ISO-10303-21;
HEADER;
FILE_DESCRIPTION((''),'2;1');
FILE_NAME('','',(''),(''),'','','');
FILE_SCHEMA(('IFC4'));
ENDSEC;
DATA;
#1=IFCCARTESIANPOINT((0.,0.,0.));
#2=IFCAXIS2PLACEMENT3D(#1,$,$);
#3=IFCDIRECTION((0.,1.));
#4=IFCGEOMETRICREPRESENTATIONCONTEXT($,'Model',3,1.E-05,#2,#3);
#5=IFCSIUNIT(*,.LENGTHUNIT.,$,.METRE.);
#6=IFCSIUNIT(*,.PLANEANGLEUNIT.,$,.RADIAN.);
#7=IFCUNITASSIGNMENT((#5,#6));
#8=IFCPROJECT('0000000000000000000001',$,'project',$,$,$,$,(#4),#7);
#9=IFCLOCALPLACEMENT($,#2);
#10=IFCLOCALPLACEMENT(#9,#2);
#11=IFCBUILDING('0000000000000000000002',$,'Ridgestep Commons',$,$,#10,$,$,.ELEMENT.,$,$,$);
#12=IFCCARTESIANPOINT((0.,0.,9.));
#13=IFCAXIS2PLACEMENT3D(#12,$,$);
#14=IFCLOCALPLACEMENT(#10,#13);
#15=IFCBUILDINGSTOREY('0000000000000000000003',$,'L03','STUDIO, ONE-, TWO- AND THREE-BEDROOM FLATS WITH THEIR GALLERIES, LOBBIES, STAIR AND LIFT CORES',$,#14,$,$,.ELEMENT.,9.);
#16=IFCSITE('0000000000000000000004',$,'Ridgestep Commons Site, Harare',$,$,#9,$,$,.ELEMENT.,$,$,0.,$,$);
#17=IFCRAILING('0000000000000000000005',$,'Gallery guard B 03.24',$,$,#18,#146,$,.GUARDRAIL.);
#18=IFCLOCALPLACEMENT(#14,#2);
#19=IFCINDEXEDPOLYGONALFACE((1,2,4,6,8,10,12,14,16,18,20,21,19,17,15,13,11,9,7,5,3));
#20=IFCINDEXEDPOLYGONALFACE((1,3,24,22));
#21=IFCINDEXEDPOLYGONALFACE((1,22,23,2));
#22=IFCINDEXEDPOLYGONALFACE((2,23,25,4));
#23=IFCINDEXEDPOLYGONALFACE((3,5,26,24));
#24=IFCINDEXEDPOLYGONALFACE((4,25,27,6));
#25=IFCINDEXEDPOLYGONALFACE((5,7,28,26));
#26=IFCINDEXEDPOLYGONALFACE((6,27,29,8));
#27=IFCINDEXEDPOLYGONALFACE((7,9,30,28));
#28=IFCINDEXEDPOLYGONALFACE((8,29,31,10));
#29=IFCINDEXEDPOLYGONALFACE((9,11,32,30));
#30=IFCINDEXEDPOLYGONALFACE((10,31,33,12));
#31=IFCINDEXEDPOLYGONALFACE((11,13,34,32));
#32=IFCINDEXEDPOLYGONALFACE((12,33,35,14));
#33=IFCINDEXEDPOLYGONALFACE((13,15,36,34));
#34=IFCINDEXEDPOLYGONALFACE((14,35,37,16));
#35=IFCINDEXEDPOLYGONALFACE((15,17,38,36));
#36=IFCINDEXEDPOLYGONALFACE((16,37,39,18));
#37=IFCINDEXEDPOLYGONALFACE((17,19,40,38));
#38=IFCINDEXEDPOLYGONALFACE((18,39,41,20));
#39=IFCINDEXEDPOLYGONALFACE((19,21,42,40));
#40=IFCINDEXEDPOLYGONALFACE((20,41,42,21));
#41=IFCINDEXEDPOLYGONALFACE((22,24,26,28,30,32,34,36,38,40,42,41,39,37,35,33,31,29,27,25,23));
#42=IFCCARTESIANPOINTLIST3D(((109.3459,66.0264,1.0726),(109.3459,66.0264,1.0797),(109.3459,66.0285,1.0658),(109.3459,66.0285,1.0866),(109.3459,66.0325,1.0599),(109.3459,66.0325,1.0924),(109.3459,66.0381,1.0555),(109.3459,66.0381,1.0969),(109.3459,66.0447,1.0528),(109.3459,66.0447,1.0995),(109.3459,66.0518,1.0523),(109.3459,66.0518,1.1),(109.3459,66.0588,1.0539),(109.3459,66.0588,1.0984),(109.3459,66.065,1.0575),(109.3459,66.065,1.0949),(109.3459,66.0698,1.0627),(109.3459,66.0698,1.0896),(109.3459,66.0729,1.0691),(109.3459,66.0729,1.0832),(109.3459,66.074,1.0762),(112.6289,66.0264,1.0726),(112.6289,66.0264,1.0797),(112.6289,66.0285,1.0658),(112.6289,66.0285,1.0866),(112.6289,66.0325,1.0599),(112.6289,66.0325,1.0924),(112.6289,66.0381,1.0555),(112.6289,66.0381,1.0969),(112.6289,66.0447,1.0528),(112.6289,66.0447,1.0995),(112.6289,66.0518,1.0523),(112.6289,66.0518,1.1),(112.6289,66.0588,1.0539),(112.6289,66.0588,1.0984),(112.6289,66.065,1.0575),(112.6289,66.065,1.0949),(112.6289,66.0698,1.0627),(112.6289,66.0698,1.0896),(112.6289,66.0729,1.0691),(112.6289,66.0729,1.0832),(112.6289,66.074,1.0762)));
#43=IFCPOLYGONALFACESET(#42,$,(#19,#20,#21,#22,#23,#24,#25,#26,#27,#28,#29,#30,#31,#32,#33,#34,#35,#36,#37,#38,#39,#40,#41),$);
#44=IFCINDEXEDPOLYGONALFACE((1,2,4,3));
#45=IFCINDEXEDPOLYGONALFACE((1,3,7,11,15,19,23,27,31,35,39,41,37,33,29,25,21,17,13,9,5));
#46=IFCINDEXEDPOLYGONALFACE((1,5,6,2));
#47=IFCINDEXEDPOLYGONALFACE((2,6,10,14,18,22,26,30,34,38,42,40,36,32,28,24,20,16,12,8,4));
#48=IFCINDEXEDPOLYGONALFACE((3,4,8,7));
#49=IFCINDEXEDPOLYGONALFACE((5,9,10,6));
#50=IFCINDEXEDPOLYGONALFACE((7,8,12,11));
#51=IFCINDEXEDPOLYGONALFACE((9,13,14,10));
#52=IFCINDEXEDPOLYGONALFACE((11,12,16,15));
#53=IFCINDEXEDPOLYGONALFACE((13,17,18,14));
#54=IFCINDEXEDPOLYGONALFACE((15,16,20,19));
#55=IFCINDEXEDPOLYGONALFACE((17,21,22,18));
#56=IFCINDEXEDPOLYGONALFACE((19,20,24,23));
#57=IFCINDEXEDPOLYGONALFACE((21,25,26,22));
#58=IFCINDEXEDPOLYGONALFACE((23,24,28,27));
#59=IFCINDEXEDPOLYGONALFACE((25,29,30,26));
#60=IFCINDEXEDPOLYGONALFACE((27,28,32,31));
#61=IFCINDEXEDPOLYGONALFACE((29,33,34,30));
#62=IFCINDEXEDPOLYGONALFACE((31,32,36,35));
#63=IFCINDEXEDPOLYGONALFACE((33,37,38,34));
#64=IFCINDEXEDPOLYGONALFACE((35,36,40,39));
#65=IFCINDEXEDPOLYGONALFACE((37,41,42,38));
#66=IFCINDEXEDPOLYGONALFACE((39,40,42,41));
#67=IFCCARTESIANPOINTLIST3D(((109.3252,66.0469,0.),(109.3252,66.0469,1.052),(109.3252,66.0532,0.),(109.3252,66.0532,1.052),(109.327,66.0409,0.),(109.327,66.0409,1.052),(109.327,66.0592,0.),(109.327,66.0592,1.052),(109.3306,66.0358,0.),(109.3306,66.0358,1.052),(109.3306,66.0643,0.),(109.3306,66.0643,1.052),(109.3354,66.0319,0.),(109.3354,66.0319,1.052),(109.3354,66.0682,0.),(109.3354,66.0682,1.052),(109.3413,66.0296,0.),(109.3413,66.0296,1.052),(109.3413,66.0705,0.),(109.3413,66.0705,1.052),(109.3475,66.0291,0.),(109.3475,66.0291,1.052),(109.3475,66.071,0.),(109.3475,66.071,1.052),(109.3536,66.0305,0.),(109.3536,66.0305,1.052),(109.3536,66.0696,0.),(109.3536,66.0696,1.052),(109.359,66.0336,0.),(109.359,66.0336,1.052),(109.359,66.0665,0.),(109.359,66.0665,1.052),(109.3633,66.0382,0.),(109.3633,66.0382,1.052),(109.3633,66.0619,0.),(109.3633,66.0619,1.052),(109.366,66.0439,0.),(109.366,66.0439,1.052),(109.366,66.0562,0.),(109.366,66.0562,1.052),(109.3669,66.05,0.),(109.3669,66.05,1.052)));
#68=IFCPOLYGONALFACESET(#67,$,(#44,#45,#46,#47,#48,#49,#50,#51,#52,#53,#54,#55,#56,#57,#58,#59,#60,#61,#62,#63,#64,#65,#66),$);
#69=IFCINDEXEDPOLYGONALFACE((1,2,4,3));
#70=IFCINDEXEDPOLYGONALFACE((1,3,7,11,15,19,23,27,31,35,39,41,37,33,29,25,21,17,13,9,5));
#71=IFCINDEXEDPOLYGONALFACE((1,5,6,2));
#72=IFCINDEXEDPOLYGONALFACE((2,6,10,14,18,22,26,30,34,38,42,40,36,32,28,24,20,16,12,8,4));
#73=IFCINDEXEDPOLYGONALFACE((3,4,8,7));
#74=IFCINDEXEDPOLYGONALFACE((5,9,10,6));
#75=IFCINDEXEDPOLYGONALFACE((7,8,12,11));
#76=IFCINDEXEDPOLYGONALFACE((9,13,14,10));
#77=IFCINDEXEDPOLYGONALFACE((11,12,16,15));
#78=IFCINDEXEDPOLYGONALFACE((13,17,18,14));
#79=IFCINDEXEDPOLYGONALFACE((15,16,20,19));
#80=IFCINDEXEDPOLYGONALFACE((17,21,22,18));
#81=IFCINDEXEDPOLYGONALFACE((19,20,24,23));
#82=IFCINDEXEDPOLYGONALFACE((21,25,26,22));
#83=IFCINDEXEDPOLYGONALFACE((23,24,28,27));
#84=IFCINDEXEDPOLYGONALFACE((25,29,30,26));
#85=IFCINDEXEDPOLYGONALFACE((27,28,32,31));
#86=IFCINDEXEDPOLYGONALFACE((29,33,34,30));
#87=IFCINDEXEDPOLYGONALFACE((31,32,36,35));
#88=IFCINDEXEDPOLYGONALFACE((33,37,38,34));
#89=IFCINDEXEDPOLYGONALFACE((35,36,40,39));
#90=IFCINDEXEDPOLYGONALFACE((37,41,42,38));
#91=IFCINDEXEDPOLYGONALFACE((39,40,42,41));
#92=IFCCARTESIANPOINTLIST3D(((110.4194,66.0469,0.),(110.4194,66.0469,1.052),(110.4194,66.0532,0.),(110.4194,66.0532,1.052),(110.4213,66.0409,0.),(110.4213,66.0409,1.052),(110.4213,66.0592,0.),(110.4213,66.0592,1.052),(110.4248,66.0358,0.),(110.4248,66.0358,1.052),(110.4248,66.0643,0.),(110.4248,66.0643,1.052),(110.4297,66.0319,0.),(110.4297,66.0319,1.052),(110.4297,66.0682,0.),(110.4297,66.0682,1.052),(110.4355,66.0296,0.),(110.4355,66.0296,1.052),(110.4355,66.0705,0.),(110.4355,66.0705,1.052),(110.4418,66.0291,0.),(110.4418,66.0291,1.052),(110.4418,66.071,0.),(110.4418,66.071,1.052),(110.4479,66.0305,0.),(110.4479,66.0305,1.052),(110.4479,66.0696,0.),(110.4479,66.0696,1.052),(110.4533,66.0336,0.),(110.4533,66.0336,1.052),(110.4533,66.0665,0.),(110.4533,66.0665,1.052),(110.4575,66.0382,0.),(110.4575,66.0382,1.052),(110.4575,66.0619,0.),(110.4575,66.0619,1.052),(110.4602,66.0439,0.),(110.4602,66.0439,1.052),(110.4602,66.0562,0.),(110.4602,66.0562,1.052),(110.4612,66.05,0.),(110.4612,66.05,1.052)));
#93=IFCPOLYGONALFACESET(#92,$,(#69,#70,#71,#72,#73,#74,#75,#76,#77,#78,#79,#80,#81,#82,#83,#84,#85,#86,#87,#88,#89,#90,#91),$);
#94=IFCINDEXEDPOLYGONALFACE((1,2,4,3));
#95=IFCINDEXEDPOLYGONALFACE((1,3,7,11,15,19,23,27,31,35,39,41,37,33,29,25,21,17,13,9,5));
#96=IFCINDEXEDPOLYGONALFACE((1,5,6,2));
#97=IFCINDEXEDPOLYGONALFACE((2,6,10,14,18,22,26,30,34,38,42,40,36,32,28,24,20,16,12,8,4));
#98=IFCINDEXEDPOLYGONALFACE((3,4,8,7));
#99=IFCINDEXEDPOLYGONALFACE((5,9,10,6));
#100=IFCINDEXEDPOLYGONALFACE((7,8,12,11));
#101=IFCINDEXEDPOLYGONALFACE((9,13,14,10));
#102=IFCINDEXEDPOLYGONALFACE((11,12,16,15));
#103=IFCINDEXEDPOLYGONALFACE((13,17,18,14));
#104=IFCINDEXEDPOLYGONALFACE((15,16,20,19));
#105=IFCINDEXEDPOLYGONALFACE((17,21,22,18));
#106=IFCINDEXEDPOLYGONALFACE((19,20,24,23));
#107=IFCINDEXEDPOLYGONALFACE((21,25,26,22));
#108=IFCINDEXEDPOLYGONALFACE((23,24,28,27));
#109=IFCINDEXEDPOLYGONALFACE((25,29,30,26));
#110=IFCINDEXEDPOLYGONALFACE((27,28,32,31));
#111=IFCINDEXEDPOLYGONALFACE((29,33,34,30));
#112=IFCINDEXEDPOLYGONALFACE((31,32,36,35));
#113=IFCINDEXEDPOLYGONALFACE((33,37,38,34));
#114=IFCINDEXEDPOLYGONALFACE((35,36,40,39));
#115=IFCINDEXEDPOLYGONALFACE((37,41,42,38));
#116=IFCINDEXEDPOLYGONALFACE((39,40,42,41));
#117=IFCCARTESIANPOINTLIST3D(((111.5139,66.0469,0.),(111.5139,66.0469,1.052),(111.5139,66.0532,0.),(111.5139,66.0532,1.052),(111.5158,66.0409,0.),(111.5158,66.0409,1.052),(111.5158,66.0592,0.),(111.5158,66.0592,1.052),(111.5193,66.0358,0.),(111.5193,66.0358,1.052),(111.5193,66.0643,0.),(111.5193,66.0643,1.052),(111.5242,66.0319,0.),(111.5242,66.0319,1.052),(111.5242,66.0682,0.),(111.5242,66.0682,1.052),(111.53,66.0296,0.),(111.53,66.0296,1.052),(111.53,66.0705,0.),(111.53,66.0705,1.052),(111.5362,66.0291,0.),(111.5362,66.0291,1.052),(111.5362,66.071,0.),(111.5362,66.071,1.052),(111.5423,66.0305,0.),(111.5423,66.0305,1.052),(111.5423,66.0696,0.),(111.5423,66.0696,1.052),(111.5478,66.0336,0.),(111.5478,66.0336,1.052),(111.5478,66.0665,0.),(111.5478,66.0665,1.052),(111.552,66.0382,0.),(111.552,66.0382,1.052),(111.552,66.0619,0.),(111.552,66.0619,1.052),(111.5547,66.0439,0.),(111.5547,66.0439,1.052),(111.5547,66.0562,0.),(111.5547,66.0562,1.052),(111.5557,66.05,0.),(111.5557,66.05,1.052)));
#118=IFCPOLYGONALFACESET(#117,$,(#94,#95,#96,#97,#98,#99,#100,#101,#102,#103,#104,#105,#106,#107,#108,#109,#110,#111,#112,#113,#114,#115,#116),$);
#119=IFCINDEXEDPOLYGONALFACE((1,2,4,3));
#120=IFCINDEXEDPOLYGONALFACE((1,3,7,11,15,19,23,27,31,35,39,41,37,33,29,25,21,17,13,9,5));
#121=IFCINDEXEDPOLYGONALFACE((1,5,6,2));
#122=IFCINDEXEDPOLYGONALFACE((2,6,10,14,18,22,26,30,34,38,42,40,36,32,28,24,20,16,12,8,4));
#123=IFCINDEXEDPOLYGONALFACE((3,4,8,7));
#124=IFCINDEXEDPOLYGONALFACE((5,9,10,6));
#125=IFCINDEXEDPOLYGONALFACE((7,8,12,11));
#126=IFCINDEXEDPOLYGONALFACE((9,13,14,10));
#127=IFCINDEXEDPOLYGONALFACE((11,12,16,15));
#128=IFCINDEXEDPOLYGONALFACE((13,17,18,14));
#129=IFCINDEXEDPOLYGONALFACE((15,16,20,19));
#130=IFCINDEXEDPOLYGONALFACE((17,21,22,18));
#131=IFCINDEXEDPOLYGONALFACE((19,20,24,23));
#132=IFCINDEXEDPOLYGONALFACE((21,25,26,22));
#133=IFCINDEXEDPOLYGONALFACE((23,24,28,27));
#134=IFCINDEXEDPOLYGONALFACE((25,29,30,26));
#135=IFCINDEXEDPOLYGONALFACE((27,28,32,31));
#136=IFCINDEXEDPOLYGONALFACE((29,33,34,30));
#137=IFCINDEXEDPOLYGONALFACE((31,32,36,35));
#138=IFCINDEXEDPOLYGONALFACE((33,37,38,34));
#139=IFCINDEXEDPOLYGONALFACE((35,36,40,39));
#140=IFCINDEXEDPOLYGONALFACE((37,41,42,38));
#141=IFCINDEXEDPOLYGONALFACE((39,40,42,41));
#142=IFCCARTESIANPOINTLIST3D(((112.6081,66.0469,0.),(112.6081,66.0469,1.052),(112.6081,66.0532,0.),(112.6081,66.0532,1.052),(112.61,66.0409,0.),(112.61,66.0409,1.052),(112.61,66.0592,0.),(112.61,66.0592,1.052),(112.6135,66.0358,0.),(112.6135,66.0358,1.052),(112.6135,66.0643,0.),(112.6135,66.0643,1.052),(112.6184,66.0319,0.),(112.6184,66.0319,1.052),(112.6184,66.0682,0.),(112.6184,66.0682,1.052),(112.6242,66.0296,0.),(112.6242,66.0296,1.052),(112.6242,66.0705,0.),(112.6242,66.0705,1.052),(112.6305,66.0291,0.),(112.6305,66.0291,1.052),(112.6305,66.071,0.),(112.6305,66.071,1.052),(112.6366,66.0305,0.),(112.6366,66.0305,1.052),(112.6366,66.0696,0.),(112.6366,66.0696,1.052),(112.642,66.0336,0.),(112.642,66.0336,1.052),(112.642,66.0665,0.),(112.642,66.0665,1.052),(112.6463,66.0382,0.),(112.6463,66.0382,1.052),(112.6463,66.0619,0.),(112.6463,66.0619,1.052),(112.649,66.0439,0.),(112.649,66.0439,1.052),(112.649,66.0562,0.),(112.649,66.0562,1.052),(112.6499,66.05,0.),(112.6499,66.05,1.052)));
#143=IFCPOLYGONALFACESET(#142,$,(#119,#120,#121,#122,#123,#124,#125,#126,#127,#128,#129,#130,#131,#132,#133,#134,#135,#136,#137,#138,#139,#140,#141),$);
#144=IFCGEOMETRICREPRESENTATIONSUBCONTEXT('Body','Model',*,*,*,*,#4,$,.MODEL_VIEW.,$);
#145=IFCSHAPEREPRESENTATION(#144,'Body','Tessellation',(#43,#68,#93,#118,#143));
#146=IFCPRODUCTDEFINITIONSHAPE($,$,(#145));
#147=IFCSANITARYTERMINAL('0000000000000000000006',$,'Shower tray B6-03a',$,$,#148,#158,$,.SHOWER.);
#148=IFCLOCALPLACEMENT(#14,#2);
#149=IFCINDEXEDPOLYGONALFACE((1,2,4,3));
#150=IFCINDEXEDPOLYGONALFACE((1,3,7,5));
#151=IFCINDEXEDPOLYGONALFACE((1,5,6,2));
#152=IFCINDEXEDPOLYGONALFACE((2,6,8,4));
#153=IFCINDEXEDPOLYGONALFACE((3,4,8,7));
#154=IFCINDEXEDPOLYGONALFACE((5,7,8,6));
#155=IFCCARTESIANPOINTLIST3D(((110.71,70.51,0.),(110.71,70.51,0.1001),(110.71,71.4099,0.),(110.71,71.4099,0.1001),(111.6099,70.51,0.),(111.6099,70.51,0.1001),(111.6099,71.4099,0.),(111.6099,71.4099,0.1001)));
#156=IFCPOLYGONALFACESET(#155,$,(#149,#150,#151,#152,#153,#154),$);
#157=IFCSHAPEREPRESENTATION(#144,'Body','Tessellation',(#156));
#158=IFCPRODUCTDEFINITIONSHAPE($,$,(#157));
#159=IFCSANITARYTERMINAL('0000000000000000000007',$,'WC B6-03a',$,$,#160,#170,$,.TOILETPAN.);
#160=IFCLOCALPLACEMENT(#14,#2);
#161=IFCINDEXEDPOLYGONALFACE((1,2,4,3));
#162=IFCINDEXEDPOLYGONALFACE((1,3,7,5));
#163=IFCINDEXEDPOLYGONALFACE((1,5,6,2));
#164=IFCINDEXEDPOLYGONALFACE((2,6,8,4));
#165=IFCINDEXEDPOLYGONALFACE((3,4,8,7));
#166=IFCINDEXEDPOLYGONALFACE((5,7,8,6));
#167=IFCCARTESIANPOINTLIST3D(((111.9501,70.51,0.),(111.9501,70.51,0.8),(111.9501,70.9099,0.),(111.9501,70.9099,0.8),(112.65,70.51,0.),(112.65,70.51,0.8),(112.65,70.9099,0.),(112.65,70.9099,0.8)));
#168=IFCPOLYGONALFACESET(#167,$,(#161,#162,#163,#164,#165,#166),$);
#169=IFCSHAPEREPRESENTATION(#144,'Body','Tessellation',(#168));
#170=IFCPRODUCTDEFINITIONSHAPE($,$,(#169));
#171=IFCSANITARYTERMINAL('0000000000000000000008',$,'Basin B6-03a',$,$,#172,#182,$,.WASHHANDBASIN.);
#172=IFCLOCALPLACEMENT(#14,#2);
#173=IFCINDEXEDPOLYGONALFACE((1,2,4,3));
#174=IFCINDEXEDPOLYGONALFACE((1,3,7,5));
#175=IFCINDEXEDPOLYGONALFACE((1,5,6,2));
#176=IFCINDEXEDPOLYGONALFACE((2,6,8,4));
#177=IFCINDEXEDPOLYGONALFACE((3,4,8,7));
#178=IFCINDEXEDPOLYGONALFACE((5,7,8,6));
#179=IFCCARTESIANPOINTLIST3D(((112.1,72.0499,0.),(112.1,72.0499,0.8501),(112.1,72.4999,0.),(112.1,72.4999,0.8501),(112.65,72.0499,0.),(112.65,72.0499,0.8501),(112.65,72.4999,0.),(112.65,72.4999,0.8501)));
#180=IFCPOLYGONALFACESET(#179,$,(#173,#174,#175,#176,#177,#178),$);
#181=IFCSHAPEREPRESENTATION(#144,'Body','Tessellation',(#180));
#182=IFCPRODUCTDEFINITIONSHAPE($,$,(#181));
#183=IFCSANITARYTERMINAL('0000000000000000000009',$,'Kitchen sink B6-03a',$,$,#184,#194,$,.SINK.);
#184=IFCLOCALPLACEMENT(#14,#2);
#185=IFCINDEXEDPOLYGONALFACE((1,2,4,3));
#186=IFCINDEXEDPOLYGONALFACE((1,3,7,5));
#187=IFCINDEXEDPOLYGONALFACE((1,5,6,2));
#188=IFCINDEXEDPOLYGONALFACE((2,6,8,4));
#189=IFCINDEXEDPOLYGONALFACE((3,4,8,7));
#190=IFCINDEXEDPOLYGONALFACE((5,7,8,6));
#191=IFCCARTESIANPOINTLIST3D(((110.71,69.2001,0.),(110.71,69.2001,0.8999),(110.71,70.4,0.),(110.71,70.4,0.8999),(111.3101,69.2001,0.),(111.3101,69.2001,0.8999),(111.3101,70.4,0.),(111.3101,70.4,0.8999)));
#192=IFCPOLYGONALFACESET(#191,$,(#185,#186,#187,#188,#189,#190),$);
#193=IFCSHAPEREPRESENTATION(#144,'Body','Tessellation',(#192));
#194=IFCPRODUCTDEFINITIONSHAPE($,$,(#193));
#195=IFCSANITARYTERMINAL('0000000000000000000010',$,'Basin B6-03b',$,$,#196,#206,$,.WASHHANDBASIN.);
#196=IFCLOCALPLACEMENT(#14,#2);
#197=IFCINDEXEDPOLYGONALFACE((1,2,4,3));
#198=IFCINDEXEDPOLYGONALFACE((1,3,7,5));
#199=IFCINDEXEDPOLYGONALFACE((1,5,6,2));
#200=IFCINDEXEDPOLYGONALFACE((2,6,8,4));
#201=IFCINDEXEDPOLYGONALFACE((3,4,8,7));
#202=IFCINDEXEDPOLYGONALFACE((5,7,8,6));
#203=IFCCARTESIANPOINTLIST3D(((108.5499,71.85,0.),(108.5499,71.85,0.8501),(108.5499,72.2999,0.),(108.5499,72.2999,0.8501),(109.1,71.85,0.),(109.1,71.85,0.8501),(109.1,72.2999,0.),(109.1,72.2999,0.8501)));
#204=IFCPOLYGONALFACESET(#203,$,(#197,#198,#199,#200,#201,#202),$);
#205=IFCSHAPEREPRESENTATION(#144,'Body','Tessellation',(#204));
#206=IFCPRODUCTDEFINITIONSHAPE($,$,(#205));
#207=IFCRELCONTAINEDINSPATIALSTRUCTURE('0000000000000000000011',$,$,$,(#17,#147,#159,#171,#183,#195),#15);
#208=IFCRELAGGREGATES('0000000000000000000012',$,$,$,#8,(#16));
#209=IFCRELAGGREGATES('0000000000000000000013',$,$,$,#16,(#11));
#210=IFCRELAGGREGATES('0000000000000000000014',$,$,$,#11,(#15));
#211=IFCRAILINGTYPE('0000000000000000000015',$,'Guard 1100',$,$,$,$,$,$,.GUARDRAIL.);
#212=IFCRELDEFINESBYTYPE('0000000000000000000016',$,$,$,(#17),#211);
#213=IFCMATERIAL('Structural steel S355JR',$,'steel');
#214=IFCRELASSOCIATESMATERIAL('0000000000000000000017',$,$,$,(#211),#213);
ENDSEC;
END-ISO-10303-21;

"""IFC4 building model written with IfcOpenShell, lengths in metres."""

from ifc_helpers import new_model, si_unit, direction, frame, origin, origin_2d, place, context, subcontext, project, spatial, rectangle, circle, extrude, material, type_object, element, save


model = new_model("IFC4")

# Units and contexts
model_context = context("Model", 3, precision=1e-05, world=origin(), true_north=direction((0.0, 1.0)))
body_context = subcontext(model_context, "Body", "Model", "MODEL_VIEW")
ifc_project = project(units=[si_unit("LENGTHUNIT", "METRE"), si_unit("PLANEANGLEUNIT", "RADIAN")], contexts=[model_context])

# Site, building, storey
site_placement = place(None, origin())
site = spatial("IfcSite", under=ifc_project, at=site_placement, Name="Ridgestep Commons Site, Harare", CompositionType="ELEMENT", RefElevation=0.0)
building_placement = place(site_placement, origin())
building = spatial("IfcBuilding", under=site, at=building_placement, Name="Ridgestep Commons", CompositionType="ELEMENT")
storey_placement = place(building_placement, frame((0.0, 0.0, 9.0)))
storey = spatial("IfcBuildingStorey", under=building, at=storey_placement, Name="L03", Description="STUDIO, ONE-, TWO- AND THREE-BEDROOM FLATS WITH THEIR GALLERIES, LOBBIES, STAIR AND LIFT CORES", CompositionType="ELEMENT", Elevation=9.0)

# Railing
ifc_material_1 = material(Name="Structural steel S355JR", Category="steel")
railing_type = type_object("IfcRailingType", Name="Guard 1100", PredefinedType="GUARDRAIL", material=ifc_material_1)
railing_placement = place(storey_placement, frame((109.3459, 66.05, 0.0)))
element("IfcRailing", 1, at=railing_placement, inside=storey, type_object=railing_type, Name="Gallery guard B 03.24", PredefinedType="GUARDRAIL", context=body_context, shape_type="SweptSolid", body=[
    extrude(circle(Radius=0.0239, at=origin_2d()), frame((0.0, 0.0, 1.0762), z_axis=(1.0, 0.0, 0.0), x_axis=(0.0, 1.0, 0.0)), (0.0, 0.0, 1.0), 3.283),
    extrude(circle(Radius=0.021, at=origin_2d()), origin(), (0.0, 0.0, 1.0), 1.052),
    extrude(circle(Radius=0.021, at=origin_2d()), frame((1.0942, 0.0, 0.0)), (0.0, 0.0, 1.0), 1.052),
    extrude(circle(Radius=0.021, at=origin_2d()), frame((2.1887, 0.0, 0.0)), (0.0, 0.0, 1.0), 1.052),
    extrude(circle(Radius=0.021, at=origin_2d()), frame((3.283, 0.0, 0.0)), (0.0, 0.0, 1.0), 1.052),
])

# Sanitary terminals
sanitary_terminal_1_placement = place(storey_placement, frame((111.1599, 70.96, 0.0), z_axis=(0.0, 0.0, 1.0), x_axis=(1.0, 0.0, 0.0)))
element("IfcSanitaryTerminal", 2, at=sanitary_terminal_1_placement, inside=storey, Name="Shower tray B6-03a", PredefinedType="SHOWER", context=body_context, shape_type="SweptSolid", body=[
    extrude(rectangle(XDim=0.8999, YDim=0.8999, at=origin_2d()), origin(), (0.0, 0.0, 1.0), 0.1001),
])
sanitary_terminal_2_placement = place(storey_placement, frame((112.3, 70.71, 0.0), z_axis=(0.0, 0.0, 1.0), x_axis=(1.0, 0.0, 0.0)))
element("IfcSanitaryTerminal", 3, at=sanitary_terminal_2_placement, inside=storey, Name="WC B6-03a", PredefinedType="TOILETPAN", context=body_context, shape_type="SweptSolid", body=[
    extrude(rectangle(XDim=0.7, YDim=0.3999, at=origin_2d()), origin(), (0.0, 0.0, 1.0), 0.8),
])
sanitary_terminal_3_placement = place(storey_placement, frame((112.375, 72.2749, 0.0), z_axis=(0.0, 0.0, 1.0), x_axis=(1.0, 0.0, 0.0)))
element("IfcSanitaryTerminal", 4, at=sanitary_terminal_3_placement, inside=storey, Name="Basin B6-03a", PredefinedType="WASHHANDBASIN", context=body_context, shape_type="SweptSolid", body=[
    extrude(rectangle(XDim=0.55, YDim=0.45, at=origin_2d()), origin(), (0.0, 0.0, 1.0), 0.8501),
])
sanitary_terminal_4_placement = place(storey_placement, frame((111.01, 69.8, 0.0), z_axis=(0.0, 0.0, 1.0), x_axis=(1.0, 0.0, 0.0)))
element("IfcSanitaryTerminal", 5, at=sanitary_terminal_4_placement, inside=storey, Name="Kitchen sink B6-03a", PredefinedType="SINK", context=body_context, shape_type="SweptSolid", body=[
    extrude(rectangle(XDim=0.6001, YDim=1.2, at=origin_2d()), origin(), (0.0, 0.0, 1.0), 0.8999),
])
sanitary_terminal_5_placement = place(storey_placement, frame((108.825, 72.075, 0.0), z_axis=(0.0, 0.0, 1.0), x_axis=(1.0, 0.0, 0.0)))
element("IfcSanitaryTerminal", 6, at=sanitary_terminal_5_placement, inside=storey, Name="Basin B6-03b", PredefinedType="WASHHANDBASIN", context=body_context, shape_type="SweptSolid", body=[
    extrude(rectangle(XDim=0.55, YDim=0.45, at=origin_2d()), origin(), (0.0, 0.0, 1.0), 0.8501),
])

save(model, "model.ifc")
